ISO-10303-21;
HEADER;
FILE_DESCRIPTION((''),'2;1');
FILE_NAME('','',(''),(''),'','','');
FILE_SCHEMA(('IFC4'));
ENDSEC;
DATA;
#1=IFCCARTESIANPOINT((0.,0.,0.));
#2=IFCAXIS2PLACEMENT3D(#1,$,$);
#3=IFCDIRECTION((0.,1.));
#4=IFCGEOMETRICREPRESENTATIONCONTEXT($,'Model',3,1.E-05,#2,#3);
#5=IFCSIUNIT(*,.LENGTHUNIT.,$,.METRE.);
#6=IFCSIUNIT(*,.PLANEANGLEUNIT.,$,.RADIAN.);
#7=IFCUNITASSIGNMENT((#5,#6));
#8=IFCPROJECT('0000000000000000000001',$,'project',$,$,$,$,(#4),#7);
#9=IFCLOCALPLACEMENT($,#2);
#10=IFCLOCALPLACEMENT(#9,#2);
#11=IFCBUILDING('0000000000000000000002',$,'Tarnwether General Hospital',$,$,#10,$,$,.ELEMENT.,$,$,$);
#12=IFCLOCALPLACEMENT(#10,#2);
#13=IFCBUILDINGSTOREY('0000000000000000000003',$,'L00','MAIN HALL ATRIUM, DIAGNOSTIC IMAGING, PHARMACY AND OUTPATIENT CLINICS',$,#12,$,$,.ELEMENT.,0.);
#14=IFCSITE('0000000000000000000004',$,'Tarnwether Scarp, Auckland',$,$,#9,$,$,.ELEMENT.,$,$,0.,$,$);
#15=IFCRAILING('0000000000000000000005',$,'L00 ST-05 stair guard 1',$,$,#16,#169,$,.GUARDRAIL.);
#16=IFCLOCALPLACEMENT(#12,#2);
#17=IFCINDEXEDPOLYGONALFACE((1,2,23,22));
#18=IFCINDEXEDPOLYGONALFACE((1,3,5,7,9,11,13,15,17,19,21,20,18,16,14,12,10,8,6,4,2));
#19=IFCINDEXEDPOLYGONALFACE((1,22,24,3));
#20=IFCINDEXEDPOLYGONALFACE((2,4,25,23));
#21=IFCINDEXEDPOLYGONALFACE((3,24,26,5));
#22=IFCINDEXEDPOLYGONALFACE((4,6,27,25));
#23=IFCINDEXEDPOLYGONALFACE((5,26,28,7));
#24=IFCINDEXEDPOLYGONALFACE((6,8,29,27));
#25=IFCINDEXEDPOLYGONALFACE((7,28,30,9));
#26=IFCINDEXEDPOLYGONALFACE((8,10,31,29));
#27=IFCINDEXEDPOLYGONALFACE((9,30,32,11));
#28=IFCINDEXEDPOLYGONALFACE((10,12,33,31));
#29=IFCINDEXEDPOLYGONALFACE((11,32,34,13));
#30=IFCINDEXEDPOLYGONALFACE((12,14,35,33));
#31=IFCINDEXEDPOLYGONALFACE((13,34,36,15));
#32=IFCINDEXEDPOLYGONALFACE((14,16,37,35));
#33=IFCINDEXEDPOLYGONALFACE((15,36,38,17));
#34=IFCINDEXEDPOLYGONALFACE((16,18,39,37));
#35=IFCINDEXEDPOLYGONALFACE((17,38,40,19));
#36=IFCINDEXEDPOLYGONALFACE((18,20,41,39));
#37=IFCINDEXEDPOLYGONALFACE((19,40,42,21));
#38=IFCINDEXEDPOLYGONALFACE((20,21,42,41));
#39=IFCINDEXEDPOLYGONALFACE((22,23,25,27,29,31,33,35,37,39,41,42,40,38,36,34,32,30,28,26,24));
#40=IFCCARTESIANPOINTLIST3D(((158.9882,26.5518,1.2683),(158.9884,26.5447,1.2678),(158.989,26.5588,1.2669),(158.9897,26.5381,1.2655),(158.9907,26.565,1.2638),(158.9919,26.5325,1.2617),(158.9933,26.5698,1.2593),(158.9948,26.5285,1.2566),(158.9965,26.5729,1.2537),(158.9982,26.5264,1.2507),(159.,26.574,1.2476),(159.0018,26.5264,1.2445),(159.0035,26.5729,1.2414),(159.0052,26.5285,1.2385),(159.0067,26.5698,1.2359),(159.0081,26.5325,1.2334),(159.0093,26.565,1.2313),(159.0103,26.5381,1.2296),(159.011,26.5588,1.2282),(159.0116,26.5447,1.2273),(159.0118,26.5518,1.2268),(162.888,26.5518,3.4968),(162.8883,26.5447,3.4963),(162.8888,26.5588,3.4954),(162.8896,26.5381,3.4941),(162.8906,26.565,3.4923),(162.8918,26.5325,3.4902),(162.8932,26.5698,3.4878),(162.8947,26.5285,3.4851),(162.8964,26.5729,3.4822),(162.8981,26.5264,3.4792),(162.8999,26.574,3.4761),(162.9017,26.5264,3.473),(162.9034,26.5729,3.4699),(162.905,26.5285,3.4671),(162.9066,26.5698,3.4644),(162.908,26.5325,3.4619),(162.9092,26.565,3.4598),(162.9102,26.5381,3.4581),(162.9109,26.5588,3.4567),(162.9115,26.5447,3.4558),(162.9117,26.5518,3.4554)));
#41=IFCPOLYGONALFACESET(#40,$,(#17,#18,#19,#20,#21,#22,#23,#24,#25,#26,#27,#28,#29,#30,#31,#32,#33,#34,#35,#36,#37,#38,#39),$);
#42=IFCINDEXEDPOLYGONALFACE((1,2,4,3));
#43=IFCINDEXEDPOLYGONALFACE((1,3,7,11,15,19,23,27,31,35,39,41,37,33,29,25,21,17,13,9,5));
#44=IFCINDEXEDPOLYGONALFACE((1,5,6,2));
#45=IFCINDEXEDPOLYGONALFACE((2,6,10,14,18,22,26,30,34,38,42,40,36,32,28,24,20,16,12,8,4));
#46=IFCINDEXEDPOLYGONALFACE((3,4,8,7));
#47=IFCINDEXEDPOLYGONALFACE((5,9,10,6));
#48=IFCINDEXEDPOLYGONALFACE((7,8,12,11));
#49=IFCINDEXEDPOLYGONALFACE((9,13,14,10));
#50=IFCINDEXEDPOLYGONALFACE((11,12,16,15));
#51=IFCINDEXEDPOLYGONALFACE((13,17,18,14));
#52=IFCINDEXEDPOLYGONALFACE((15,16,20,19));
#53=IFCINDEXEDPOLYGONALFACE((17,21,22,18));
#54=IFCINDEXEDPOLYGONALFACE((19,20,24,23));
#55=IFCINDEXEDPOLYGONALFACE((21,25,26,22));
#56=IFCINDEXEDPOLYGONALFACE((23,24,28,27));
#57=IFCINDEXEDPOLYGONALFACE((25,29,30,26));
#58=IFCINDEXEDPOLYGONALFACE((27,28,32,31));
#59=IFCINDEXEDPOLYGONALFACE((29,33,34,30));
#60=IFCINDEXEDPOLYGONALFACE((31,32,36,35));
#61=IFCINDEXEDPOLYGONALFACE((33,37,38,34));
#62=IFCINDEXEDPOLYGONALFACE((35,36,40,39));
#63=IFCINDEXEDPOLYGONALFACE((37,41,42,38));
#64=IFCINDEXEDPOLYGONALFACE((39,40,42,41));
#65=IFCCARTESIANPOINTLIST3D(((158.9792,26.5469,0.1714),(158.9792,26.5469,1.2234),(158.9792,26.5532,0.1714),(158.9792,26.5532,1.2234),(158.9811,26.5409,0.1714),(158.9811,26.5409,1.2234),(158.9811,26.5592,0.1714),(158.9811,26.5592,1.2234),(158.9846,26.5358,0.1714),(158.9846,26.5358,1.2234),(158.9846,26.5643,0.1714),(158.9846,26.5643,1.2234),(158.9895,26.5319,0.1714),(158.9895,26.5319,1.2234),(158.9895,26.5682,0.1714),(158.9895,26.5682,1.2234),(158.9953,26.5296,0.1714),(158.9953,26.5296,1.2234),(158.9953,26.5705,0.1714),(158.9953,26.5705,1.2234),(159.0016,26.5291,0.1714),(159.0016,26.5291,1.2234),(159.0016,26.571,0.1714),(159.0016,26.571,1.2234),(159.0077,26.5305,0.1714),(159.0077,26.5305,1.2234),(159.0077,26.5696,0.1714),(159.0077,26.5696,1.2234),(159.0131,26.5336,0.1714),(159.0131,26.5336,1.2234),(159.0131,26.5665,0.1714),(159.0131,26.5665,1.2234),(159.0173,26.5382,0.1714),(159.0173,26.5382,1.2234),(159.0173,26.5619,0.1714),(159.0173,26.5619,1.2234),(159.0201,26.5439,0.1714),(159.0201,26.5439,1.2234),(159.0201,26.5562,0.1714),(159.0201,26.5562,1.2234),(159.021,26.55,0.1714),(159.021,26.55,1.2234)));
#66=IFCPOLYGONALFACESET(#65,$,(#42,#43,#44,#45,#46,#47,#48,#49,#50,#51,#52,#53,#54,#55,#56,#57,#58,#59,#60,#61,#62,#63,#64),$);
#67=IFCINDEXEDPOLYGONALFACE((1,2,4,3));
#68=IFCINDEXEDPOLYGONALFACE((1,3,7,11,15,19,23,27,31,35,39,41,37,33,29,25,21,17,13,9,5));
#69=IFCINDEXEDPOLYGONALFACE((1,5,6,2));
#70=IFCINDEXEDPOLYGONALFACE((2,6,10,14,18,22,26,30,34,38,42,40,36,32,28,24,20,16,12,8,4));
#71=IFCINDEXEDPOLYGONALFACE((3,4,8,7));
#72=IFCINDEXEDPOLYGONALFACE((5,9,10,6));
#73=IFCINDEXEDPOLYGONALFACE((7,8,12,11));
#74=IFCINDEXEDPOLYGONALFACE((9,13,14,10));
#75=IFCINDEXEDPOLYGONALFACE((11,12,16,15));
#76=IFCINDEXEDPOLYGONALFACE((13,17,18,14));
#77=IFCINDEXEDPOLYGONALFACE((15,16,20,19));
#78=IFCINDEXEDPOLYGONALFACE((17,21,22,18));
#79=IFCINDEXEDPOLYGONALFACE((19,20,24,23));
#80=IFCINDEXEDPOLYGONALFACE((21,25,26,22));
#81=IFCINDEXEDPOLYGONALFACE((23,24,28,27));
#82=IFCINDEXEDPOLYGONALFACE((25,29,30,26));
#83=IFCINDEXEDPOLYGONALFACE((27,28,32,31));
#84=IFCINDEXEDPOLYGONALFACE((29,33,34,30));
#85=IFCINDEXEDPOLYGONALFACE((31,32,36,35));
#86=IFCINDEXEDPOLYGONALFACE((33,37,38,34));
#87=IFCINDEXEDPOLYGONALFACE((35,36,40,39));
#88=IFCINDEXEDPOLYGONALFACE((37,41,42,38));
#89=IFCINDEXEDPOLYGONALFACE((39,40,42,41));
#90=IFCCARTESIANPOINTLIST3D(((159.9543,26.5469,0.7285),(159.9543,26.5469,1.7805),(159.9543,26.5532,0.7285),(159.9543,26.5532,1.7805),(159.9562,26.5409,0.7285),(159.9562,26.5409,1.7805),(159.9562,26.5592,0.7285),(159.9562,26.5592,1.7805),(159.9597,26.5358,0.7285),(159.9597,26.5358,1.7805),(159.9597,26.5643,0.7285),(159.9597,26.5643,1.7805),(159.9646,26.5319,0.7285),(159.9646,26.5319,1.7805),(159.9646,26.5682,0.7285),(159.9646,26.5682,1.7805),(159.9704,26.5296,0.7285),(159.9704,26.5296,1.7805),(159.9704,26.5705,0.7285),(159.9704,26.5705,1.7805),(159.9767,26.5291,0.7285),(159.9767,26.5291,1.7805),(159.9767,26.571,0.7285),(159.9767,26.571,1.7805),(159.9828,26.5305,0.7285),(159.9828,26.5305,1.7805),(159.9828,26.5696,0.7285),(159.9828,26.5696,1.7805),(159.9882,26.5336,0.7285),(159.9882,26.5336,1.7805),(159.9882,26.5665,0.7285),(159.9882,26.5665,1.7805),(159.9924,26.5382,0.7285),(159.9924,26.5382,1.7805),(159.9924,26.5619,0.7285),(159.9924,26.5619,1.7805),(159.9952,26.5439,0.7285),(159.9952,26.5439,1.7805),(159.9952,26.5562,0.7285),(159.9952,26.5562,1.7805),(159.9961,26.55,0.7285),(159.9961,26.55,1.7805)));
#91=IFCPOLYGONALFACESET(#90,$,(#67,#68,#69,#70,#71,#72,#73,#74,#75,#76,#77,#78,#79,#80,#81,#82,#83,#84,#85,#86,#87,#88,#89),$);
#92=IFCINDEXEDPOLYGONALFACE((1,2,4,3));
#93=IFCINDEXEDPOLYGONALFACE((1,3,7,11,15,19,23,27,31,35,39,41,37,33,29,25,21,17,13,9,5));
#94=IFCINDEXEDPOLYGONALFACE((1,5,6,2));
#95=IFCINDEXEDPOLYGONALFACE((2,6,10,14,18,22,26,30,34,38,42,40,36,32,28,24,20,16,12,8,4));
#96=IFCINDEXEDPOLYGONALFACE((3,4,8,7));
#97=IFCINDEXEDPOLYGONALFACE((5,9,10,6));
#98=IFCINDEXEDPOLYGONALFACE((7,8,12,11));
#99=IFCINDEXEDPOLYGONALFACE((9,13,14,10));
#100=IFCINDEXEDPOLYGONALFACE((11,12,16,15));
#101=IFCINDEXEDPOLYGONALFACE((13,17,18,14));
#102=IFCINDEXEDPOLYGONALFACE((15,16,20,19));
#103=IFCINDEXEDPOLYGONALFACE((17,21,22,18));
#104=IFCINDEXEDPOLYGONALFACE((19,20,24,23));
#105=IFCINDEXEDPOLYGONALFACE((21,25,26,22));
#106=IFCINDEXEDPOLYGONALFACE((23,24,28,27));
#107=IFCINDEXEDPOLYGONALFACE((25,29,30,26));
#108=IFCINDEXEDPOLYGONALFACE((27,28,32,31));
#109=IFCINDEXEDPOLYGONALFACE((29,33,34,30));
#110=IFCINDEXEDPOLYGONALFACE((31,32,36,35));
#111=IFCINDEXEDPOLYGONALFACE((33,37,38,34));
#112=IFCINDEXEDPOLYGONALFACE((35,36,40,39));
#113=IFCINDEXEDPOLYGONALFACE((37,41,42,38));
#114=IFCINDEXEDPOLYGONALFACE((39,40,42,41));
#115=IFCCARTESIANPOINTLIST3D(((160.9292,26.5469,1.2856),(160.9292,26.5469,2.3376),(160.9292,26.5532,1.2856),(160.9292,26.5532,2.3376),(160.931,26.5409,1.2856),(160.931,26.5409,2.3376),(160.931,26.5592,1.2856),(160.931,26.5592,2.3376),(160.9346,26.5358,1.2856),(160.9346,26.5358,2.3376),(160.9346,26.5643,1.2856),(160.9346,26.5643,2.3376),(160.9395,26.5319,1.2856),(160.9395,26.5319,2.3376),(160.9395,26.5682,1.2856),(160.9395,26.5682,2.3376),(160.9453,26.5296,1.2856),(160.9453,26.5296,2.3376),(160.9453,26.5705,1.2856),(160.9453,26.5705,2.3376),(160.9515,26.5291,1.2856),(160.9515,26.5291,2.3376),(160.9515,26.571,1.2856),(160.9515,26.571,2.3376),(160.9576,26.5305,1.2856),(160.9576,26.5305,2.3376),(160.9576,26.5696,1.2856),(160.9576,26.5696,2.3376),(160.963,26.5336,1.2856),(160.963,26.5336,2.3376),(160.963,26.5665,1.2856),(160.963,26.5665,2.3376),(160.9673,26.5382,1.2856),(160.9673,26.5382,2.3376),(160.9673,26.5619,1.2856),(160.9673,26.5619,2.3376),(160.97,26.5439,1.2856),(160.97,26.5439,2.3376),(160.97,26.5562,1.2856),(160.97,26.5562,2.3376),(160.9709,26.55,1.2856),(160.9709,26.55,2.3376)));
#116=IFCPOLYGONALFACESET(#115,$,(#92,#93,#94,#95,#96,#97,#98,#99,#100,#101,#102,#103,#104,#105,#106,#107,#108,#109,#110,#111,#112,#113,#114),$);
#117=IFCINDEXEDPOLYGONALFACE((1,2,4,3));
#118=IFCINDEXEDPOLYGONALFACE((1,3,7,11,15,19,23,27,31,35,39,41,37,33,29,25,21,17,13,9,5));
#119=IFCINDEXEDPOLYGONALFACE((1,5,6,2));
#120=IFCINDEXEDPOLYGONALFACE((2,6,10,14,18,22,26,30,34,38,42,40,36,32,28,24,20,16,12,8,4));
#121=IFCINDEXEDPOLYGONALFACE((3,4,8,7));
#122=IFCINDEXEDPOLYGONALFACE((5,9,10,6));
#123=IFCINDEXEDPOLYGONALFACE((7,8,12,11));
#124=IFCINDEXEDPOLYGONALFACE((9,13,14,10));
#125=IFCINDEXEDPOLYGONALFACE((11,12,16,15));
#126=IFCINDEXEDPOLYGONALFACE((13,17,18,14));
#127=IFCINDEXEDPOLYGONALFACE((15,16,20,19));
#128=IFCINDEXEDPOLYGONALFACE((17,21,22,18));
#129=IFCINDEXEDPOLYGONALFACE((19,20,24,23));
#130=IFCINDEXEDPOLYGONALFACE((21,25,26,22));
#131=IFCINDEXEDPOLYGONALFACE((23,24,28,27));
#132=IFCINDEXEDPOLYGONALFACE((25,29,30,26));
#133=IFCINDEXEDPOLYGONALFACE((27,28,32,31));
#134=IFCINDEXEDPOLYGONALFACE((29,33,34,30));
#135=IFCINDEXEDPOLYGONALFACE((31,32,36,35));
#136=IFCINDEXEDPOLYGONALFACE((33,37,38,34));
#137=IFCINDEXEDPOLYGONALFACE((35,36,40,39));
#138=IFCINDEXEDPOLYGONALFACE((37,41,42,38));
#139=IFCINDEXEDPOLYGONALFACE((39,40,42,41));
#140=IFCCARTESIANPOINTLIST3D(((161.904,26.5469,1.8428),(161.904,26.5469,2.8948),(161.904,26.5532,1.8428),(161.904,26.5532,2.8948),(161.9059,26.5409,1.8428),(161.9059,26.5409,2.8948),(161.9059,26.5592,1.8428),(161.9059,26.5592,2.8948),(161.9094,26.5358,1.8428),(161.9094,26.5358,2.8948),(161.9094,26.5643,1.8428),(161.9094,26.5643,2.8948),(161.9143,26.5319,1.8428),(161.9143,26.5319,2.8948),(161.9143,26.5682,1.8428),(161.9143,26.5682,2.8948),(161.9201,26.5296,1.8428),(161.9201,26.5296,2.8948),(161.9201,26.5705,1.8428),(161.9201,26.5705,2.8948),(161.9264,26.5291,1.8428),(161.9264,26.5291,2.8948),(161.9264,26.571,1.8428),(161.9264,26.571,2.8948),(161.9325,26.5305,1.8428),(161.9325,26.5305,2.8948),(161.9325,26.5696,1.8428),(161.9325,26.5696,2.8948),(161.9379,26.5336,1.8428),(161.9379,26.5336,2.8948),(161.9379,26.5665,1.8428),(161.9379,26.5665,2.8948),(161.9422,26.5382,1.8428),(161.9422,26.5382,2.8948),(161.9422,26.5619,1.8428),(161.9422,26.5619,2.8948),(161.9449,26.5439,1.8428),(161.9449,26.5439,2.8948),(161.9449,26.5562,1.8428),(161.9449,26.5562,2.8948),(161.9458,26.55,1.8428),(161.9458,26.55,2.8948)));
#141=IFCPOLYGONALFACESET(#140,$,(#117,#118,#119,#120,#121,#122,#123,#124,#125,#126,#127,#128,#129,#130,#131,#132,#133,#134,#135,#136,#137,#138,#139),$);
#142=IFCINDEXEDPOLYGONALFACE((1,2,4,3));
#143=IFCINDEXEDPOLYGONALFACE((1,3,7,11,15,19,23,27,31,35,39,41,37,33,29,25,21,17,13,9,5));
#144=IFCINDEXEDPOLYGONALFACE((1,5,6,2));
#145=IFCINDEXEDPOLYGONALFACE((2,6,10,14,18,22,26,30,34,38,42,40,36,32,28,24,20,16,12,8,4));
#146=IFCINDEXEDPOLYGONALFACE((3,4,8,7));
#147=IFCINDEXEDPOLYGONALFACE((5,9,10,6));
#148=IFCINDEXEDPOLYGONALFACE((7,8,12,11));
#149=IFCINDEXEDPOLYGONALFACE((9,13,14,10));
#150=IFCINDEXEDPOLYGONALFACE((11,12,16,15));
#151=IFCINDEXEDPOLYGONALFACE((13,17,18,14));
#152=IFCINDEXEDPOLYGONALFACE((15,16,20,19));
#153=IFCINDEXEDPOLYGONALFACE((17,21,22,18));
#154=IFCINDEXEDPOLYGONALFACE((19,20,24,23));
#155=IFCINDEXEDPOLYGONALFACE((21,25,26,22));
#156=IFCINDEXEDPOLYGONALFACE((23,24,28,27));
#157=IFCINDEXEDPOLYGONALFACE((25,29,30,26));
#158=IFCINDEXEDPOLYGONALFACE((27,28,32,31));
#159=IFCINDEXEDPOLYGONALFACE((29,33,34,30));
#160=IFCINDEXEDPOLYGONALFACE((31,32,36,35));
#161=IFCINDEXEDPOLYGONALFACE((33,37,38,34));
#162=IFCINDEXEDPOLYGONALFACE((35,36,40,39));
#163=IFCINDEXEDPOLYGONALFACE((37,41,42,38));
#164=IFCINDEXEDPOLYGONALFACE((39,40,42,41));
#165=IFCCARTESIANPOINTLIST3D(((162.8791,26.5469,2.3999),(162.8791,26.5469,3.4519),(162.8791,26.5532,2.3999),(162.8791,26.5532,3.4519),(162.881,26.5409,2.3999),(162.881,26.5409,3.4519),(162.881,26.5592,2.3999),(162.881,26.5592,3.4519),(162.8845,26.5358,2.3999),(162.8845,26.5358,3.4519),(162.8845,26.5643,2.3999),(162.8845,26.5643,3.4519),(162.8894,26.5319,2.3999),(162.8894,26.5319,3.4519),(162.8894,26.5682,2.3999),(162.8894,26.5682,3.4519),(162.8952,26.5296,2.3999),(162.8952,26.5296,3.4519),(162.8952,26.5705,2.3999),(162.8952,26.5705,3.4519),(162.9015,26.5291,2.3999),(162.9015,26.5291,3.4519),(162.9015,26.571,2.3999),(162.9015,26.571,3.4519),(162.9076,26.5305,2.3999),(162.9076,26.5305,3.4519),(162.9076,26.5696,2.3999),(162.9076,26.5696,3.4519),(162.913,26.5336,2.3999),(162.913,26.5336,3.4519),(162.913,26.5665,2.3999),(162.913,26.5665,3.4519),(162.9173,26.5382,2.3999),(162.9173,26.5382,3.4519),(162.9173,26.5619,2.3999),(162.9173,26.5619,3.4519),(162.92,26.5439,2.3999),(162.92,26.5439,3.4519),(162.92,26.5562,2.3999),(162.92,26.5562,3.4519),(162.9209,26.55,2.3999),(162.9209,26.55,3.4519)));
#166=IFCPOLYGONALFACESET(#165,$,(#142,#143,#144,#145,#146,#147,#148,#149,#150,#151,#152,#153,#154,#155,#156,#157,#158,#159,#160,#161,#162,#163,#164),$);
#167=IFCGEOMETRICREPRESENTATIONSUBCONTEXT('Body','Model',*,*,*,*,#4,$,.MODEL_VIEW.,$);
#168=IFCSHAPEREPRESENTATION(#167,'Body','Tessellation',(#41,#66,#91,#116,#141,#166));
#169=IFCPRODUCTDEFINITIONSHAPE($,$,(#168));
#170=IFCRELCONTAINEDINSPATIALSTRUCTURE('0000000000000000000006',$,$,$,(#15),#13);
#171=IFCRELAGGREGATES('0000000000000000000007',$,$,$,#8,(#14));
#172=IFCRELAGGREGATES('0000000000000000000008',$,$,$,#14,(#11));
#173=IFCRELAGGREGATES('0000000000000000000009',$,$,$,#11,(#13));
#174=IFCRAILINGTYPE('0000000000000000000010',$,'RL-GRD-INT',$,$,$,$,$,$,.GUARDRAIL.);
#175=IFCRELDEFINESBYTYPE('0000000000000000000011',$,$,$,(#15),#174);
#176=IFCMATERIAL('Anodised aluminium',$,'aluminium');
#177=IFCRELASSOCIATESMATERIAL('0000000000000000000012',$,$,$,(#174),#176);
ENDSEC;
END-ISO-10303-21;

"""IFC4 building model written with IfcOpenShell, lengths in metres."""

from ifc_helpers import new_model, si_unit, direction, frame, origin, origin_2d, place, context, subcontext, project, spatial, circle, extrude, material, type_object, element, save


model = new_model("IFC4")

# Units and contexts
model_context = context("Model", 3, precision=1e-05, world=origin(), true_north=direction((0.0, 1.0)))
body_context = subcontext(model_context, "Body", "Model", "MODEL_VIEW")
ifc_project = project(units=[si_unit("LENGTHUNIT", "METRE"), si_unit("PLANEANGLEUNIT", "RADIAN")], contexts=[model_context])

# Site, building, storey
site_placement = place(None, origin())
site = spatial("IfcSite", under=ifc_project, at=site_placement, Name="Tarnwether Scarp, Auckland", CompositionType="ELEMENT", RefElevation=0.0)
building_placement = place(site_placement, origin())
building = spatial("IfcBuilding", under=site, at=building_placement, Name="Tarnwether General Hospital", CompositionType="ELEMENT")
storey_placement = place(building_placement, origin())
storey = spatial("IfcBuildingStorey", under=building, at=storey_placement, Name="L00", Description="MAIN HALL ATRIUM, DIAGNOSTIC IMAGING, PHARMACY AND OUTPATIENT CLINICS", CompositionType="ELEMENT", Elevation=0.0)

# Railing
ifc_material_1 = material(Name="Anodised aluminium", Category="aluminium")
railing_type_1 = type_object("IfcRailingType", Name="RL-GRD-INT", PredefinedType="GUARDRAIL", material=ifc_material_1)
railing_1_placement = place(storey_placement, frame((159.0, 26.55, 0.1714)))
element("IfcRailing", 1, at=railing_1_placement, inside=storey, type_object=railing_type_1, Name="L00 ST-05 stair guard 1", PredefinedType="GUARDRAIL", context=body_context, shape_type="SweptSolid", body=[
    extrude(circle(Radius=0.0239, at=origin_2d()), frame((0.0, 0.0, 1.0762), z_axis=(0.868243, 0.0, 0.496139), x_axis=(0.0, 1.0, 0.0)), (0.0, 0.0, 1.0), 4.4917),
    extrude(circle(Radius=0.021, at=origin_2d()), origin(), (0.0, 0.0, 1.0), 1.052),
    extrude(circle(Radius=0.021, at=origin_2d()), frame((0.9751, 0.0, 0.5571)), (0.0, 0.0, 1.0), 1.052),
    extrude(circle(Radius=0.021, at=origin_2d()), frame((1.95, 0.0, 1.1143)), (0.0, 0.0, 1.0), 1.052),
    extrude(circle(Radius=0.021, at=origin_2d()), frame((2.9248, 0.0, 1.6714)), (0.0, 0.0, 1.0), 1.052),
    extrude(circle(Radius=0.021, at=origin_2d()), frame((3.8999, 0.0, 2.2285)), (0.0, 0.0, 1.0), 1.052),
])

save(model, "model.ifc")
